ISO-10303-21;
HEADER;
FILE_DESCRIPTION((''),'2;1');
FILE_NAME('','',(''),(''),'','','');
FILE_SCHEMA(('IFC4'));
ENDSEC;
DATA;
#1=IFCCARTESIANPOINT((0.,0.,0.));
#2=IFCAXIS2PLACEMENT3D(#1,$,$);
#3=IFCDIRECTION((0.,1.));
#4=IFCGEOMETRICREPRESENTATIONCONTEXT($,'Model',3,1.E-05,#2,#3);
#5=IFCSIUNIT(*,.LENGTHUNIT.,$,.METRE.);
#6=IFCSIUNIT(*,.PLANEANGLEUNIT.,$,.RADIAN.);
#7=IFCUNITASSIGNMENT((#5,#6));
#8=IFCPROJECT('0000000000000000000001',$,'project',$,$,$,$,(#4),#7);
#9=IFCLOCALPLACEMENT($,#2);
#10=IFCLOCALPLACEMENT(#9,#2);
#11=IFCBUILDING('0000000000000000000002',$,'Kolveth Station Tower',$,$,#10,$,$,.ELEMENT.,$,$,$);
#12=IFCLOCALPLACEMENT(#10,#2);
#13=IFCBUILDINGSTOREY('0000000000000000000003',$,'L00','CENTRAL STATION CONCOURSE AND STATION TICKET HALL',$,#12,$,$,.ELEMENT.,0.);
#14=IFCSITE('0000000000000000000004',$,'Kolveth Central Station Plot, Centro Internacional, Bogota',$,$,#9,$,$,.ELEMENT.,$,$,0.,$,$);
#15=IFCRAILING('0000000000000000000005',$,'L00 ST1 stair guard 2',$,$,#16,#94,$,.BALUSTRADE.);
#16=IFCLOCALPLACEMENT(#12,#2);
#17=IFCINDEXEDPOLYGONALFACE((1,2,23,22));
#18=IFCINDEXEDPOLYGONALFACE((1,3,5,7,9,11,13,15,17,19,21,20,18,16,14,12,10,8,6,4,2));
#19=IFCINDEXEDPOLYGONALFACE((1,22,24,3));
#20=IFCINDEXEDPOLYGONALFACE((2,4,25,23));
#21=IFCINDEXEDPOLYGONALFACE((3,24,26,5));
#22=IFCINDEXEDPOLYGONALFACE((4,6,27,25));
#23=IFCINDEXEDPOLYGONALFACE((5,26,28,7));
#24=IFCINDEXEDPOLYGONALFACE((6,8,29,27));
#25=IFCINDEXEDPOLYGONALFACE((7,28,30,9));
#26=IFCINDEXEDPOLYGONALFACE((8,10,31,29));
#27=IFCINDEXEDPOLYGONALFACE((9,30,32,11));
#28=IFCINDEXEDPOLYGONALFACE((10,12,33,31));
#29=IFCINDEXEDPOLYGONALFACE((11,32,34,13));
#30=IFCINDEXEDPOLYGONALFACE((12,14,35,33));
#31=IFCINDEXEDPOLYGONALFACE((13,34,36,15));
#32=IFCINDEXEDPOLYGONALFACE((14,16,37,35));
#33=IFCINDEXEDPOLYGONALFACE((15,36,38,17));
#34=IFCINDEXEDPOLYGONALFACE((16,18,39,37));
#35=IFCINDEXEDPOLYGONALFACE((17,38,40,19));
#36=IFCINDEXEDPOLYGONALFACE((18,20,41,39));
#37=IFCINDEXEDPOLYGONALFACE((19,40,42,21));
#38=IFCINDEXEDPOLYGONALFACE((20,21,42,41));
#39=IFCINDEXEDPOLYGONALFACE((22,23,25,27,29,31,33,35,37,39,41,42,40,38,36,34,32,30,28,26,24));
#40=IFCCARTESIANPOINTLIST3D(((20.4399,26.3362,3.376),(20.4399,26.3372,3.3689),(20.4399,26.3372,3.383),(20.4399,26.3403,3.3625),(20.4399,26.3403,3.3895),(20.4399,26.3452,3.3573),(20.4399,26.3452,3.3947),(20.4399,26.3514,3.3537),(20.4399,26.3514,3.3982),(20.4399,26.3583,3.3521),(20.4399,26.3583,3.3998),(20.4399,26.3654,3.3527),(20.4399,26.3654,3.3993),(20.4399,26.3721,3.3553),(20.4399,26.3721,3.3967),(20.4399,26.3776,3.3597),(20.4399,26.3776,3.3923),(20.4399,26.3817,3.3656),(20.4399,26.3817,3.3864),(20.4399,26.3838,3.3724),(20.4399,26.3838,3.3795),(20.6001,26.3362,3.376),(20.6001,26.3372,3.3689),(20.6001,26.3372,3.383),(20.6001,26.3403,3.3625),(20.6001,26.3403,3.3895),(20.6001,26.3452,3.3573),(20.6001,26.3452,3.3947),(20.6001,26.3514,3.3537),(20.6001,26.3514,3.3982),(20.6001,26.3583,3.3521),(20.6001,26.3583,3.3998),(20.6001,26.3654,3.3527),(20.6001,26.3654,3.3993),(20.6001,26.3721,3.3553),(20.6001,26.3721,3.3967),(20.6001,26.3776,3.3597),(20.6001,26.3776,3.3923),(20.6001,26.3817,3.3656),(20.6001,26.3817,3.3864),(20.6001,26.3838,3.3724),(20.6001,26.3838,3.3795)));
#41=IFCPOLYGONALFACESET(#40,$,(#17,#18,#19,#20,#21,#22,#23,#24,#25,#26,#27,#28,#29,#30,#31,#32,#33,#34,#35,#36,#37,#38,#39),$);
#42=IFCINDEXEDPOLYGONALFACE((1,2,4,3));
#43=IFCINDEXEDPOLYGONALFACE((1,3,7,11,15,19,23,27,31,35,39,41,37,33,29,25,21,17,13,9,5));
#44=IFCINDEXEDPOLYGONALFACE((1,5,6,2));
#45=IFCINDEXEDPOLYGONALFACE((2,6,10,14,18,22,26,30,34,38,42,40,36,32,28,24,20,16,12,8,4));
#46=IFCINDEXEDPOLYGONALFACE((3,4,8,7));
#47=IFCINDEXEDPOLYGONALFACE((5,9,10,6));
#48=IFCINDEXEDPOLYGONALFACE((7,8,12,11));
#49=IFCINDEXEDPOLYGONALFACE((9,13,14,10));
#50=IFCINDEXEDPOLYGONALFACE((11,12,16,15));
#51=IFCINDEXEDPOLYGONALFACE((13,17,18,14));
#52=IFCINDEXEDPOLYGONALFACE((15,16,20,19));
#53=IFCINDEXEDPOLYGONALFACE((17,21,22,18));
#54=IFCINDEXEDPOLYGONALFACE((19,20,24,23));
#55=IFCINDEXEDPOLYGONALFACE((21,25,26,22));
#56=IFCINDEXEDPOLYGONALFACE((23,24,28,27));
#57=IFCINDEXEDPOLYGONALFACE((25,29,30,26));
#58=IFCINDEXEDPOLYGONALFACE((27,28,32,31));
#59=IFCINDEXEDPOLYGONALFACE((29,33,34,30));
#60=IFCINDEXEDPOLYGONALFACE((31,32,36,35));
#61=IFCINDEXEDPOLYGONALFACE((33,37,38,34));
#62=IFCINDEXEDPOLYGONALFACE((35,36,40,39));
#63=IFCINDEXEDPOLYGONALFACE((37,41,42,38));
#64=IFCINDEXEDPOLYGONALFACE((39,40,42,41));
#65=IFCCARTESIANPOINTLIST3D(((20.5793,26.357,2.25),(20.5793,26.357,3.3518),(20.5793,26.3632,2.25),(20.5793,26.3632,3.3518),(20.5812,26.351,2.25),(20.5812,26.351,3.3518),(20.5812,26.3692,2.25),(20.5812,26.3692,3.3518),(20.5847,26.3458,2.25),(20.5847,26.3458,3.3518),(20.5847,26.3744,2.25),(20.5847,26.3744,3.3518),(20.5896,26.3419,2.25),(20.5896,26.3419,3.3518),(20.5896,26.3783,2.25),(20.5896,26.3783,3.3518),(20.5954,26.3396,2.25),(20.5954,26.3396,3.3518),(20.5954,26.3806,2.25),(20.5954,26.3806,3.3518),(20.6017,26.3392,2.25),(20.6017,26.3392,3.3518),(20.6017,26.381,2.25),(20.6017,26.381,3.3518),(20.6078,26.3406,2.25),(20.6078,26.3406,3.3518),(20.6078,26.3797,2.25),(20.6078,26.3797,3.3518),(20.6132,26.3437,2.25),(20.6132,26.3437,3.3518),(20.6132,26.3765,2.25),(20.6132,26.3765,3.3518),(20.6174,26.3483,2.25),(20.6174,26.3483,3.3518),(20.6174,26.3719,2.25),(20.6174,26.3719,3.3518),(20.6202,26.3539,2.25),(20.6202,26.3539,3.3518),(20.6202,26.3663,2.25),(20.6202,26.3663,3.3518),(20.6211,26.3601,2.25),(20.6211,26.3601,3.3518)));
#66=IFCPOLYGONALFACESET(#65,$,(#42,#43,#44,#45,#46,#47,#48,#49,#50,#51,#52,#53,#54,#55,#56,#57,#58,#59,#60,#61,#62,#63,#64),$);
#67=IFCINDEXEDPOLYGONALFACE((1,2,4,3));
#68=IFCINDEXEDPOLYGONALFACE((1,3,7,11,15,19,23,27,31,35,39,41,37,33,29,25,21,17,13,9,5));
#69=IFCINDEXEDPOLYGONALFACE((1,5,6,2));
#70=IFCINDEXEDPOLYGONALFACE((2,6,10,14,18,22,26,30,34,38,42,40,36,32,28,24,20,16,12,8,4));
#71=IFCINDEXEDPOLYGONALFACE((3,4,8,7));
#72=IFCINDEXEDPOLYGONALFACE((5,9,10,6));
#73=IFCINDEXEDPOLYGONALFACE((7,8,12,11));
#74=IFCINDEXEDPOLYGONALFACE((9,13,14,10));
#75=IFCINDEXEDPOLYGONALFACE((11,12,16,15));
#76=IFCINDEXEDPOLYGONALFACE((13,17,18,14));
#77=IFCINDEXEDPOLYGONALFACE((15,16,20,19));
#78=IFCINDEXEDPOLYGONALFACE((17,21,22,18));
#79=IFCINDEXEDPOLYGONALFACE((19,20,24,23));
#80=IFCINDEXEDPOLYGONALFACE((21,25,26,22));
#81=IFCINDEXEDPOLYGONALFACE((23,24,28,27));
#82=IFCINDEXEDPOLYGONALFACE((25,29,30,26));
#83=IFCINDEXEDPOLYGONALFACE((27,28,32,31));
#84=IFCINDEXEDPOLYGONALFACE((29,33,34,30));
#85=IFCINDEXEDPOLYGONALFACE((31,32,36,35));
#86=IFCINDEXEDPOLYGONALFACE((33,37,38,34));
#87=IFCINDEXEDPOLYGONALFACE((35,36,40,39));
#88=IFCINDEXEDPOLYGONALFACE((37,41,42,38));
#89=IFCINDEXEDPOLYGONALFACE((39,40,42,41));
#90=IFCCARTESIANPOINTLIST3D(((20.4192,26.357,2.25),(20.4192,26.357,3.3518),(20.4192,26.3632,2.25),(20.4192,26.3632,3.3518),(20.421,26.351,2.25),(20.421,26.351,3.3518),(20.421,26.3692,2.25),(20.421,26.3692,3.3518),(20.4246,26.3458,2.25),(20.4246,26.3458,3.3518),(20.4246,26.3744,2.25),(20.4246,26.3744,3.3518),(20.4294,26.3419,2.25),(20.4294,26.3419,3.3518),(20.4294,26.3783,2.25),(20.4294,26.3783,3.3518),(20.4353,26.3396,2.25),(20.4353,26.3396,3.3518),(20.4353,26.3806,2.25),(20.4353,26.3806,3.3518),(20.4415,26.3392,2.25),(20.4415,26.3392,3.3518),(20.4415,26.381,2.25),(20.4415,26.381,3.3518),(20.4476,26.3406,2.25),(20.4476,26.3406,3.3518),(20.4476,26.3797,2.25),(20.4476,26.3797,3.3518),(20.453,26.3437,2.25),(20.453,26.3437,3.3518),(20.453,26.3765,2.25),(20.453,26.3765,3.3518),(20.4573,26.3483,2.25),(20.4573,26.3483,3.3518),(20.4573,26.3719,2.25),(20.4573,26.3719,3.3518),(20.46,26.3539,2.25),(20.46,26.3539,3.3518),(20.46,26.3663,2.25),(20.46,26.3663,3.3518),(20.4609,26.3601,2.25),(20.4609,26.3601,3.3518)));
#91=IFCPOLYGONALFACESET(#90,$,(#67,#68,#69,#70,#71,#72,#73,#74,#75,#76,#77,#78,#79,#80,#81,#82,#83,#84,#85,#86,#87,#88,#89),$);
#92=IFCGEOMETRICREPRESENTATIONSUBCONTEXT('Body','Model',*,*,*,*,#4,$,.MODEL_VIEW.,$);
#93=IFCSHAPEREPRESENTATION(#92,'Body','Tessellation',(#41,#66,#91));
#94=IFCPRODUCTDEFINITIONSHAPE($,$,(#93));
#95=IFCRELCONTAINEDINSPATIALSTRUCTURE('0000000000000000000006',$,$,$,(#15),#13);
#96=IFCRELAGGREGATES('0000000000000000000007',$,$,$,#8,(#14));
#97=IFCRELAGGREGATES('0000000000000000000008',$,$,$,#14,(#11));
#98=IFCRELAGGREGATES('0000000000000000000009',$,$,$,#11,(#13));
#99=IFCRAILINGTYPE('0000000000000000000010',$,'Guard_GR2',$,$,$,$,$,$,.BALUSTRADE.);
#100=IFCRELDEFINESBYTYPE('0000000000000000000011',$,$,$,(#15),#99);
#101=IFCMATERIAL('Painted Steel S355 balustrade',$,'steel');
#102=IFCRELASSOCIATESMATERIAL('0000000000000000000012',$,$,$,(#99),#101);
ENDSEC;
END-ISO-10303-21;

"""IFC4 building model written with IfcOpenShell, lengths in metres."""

from ifc_helpers import new_model, si_unit, direction, frame, origin, origin_2d, place, context, subcontext, project, spatial, circle, extrude, material, type_object, element, save


model = new_model("IFC4")

# Units and contexts
model_context = context("Model", 3, precision=1e-05, world=origin(), true_north=direction((0.0, 1.0)))
body_context = subcontext(model_context, "Body", "Model", "MODEL_VIEW")
ifc_project = project(units=[si_unit("LENGTHUNIT", "METRE"), si_unit("PLANEANGLEUNIT", "RADIAN")], contexts=[model_context])

# Site, building, storey
site_placement = place(None, origin())
site = spatial("IfcSite", under=ifc_project, at=site_placement, Name="Kolveth Central Station Plot, Centro Internacional, Bogota", CompositionType="ELEMENT", RefElevation=0.0)
building_placement = place(site_placement, origin())
building = spatial("IfcBuilding", under=site, at=building_placement, Name="Kolveth Station Tower", CompositionType="ELEMENT")
storey_placement = place(building_placement, origin())
storey = spatial("IfcBuildingStorey", under=building, at=storey_placement, Name="L00", Description="CENTRAL STATION CONCOURSE AND STATION TICKET HALL", CompositionType="ELEMENT", Elevation=0.0)

# Railing
ifc_material_1 = material(Name="Painted Steel S355 balustrade", Category="steel")
railing_type_1 = type_object("IfcRailingType", Name="Guard_GR2", PredefinedType="BALUSTRADE", material=ifc_material_1)
railing_1_placement = place(storey_placement, frame((20.6001, 26.3601, 2.25)))
element("IfcRailing", 1, at=railing_1_placement, inside=storey, type_object=railing_type_1, Name="L00 ST1 stair guard 2", PredefinedType="BALUSTRADE", context=body_context, shape_type="SweptSolid", body=[
    extrude(circle(Radius=0.0239, at=origin_2d()), frame((0.0, 0.0, 1.126), z_axis=(-1.0, 0.0, 0.0), x_axis=(0.0, -1.0, 0.0)), (0.0, 0.0, 1.0), 0.1602),
    extrude(circle(Radius=0.021, at=origin_2d()), origin(), (0.0, 0.0, 1.0), 1.1018),
    extrude(circle(Radius=0.021, at=origin_2d()), frame((-0.1602, 0.0, 0.0)), (0.0, 0.0, 1.0), 1.1018),
])

save(model, "model.ifc")
